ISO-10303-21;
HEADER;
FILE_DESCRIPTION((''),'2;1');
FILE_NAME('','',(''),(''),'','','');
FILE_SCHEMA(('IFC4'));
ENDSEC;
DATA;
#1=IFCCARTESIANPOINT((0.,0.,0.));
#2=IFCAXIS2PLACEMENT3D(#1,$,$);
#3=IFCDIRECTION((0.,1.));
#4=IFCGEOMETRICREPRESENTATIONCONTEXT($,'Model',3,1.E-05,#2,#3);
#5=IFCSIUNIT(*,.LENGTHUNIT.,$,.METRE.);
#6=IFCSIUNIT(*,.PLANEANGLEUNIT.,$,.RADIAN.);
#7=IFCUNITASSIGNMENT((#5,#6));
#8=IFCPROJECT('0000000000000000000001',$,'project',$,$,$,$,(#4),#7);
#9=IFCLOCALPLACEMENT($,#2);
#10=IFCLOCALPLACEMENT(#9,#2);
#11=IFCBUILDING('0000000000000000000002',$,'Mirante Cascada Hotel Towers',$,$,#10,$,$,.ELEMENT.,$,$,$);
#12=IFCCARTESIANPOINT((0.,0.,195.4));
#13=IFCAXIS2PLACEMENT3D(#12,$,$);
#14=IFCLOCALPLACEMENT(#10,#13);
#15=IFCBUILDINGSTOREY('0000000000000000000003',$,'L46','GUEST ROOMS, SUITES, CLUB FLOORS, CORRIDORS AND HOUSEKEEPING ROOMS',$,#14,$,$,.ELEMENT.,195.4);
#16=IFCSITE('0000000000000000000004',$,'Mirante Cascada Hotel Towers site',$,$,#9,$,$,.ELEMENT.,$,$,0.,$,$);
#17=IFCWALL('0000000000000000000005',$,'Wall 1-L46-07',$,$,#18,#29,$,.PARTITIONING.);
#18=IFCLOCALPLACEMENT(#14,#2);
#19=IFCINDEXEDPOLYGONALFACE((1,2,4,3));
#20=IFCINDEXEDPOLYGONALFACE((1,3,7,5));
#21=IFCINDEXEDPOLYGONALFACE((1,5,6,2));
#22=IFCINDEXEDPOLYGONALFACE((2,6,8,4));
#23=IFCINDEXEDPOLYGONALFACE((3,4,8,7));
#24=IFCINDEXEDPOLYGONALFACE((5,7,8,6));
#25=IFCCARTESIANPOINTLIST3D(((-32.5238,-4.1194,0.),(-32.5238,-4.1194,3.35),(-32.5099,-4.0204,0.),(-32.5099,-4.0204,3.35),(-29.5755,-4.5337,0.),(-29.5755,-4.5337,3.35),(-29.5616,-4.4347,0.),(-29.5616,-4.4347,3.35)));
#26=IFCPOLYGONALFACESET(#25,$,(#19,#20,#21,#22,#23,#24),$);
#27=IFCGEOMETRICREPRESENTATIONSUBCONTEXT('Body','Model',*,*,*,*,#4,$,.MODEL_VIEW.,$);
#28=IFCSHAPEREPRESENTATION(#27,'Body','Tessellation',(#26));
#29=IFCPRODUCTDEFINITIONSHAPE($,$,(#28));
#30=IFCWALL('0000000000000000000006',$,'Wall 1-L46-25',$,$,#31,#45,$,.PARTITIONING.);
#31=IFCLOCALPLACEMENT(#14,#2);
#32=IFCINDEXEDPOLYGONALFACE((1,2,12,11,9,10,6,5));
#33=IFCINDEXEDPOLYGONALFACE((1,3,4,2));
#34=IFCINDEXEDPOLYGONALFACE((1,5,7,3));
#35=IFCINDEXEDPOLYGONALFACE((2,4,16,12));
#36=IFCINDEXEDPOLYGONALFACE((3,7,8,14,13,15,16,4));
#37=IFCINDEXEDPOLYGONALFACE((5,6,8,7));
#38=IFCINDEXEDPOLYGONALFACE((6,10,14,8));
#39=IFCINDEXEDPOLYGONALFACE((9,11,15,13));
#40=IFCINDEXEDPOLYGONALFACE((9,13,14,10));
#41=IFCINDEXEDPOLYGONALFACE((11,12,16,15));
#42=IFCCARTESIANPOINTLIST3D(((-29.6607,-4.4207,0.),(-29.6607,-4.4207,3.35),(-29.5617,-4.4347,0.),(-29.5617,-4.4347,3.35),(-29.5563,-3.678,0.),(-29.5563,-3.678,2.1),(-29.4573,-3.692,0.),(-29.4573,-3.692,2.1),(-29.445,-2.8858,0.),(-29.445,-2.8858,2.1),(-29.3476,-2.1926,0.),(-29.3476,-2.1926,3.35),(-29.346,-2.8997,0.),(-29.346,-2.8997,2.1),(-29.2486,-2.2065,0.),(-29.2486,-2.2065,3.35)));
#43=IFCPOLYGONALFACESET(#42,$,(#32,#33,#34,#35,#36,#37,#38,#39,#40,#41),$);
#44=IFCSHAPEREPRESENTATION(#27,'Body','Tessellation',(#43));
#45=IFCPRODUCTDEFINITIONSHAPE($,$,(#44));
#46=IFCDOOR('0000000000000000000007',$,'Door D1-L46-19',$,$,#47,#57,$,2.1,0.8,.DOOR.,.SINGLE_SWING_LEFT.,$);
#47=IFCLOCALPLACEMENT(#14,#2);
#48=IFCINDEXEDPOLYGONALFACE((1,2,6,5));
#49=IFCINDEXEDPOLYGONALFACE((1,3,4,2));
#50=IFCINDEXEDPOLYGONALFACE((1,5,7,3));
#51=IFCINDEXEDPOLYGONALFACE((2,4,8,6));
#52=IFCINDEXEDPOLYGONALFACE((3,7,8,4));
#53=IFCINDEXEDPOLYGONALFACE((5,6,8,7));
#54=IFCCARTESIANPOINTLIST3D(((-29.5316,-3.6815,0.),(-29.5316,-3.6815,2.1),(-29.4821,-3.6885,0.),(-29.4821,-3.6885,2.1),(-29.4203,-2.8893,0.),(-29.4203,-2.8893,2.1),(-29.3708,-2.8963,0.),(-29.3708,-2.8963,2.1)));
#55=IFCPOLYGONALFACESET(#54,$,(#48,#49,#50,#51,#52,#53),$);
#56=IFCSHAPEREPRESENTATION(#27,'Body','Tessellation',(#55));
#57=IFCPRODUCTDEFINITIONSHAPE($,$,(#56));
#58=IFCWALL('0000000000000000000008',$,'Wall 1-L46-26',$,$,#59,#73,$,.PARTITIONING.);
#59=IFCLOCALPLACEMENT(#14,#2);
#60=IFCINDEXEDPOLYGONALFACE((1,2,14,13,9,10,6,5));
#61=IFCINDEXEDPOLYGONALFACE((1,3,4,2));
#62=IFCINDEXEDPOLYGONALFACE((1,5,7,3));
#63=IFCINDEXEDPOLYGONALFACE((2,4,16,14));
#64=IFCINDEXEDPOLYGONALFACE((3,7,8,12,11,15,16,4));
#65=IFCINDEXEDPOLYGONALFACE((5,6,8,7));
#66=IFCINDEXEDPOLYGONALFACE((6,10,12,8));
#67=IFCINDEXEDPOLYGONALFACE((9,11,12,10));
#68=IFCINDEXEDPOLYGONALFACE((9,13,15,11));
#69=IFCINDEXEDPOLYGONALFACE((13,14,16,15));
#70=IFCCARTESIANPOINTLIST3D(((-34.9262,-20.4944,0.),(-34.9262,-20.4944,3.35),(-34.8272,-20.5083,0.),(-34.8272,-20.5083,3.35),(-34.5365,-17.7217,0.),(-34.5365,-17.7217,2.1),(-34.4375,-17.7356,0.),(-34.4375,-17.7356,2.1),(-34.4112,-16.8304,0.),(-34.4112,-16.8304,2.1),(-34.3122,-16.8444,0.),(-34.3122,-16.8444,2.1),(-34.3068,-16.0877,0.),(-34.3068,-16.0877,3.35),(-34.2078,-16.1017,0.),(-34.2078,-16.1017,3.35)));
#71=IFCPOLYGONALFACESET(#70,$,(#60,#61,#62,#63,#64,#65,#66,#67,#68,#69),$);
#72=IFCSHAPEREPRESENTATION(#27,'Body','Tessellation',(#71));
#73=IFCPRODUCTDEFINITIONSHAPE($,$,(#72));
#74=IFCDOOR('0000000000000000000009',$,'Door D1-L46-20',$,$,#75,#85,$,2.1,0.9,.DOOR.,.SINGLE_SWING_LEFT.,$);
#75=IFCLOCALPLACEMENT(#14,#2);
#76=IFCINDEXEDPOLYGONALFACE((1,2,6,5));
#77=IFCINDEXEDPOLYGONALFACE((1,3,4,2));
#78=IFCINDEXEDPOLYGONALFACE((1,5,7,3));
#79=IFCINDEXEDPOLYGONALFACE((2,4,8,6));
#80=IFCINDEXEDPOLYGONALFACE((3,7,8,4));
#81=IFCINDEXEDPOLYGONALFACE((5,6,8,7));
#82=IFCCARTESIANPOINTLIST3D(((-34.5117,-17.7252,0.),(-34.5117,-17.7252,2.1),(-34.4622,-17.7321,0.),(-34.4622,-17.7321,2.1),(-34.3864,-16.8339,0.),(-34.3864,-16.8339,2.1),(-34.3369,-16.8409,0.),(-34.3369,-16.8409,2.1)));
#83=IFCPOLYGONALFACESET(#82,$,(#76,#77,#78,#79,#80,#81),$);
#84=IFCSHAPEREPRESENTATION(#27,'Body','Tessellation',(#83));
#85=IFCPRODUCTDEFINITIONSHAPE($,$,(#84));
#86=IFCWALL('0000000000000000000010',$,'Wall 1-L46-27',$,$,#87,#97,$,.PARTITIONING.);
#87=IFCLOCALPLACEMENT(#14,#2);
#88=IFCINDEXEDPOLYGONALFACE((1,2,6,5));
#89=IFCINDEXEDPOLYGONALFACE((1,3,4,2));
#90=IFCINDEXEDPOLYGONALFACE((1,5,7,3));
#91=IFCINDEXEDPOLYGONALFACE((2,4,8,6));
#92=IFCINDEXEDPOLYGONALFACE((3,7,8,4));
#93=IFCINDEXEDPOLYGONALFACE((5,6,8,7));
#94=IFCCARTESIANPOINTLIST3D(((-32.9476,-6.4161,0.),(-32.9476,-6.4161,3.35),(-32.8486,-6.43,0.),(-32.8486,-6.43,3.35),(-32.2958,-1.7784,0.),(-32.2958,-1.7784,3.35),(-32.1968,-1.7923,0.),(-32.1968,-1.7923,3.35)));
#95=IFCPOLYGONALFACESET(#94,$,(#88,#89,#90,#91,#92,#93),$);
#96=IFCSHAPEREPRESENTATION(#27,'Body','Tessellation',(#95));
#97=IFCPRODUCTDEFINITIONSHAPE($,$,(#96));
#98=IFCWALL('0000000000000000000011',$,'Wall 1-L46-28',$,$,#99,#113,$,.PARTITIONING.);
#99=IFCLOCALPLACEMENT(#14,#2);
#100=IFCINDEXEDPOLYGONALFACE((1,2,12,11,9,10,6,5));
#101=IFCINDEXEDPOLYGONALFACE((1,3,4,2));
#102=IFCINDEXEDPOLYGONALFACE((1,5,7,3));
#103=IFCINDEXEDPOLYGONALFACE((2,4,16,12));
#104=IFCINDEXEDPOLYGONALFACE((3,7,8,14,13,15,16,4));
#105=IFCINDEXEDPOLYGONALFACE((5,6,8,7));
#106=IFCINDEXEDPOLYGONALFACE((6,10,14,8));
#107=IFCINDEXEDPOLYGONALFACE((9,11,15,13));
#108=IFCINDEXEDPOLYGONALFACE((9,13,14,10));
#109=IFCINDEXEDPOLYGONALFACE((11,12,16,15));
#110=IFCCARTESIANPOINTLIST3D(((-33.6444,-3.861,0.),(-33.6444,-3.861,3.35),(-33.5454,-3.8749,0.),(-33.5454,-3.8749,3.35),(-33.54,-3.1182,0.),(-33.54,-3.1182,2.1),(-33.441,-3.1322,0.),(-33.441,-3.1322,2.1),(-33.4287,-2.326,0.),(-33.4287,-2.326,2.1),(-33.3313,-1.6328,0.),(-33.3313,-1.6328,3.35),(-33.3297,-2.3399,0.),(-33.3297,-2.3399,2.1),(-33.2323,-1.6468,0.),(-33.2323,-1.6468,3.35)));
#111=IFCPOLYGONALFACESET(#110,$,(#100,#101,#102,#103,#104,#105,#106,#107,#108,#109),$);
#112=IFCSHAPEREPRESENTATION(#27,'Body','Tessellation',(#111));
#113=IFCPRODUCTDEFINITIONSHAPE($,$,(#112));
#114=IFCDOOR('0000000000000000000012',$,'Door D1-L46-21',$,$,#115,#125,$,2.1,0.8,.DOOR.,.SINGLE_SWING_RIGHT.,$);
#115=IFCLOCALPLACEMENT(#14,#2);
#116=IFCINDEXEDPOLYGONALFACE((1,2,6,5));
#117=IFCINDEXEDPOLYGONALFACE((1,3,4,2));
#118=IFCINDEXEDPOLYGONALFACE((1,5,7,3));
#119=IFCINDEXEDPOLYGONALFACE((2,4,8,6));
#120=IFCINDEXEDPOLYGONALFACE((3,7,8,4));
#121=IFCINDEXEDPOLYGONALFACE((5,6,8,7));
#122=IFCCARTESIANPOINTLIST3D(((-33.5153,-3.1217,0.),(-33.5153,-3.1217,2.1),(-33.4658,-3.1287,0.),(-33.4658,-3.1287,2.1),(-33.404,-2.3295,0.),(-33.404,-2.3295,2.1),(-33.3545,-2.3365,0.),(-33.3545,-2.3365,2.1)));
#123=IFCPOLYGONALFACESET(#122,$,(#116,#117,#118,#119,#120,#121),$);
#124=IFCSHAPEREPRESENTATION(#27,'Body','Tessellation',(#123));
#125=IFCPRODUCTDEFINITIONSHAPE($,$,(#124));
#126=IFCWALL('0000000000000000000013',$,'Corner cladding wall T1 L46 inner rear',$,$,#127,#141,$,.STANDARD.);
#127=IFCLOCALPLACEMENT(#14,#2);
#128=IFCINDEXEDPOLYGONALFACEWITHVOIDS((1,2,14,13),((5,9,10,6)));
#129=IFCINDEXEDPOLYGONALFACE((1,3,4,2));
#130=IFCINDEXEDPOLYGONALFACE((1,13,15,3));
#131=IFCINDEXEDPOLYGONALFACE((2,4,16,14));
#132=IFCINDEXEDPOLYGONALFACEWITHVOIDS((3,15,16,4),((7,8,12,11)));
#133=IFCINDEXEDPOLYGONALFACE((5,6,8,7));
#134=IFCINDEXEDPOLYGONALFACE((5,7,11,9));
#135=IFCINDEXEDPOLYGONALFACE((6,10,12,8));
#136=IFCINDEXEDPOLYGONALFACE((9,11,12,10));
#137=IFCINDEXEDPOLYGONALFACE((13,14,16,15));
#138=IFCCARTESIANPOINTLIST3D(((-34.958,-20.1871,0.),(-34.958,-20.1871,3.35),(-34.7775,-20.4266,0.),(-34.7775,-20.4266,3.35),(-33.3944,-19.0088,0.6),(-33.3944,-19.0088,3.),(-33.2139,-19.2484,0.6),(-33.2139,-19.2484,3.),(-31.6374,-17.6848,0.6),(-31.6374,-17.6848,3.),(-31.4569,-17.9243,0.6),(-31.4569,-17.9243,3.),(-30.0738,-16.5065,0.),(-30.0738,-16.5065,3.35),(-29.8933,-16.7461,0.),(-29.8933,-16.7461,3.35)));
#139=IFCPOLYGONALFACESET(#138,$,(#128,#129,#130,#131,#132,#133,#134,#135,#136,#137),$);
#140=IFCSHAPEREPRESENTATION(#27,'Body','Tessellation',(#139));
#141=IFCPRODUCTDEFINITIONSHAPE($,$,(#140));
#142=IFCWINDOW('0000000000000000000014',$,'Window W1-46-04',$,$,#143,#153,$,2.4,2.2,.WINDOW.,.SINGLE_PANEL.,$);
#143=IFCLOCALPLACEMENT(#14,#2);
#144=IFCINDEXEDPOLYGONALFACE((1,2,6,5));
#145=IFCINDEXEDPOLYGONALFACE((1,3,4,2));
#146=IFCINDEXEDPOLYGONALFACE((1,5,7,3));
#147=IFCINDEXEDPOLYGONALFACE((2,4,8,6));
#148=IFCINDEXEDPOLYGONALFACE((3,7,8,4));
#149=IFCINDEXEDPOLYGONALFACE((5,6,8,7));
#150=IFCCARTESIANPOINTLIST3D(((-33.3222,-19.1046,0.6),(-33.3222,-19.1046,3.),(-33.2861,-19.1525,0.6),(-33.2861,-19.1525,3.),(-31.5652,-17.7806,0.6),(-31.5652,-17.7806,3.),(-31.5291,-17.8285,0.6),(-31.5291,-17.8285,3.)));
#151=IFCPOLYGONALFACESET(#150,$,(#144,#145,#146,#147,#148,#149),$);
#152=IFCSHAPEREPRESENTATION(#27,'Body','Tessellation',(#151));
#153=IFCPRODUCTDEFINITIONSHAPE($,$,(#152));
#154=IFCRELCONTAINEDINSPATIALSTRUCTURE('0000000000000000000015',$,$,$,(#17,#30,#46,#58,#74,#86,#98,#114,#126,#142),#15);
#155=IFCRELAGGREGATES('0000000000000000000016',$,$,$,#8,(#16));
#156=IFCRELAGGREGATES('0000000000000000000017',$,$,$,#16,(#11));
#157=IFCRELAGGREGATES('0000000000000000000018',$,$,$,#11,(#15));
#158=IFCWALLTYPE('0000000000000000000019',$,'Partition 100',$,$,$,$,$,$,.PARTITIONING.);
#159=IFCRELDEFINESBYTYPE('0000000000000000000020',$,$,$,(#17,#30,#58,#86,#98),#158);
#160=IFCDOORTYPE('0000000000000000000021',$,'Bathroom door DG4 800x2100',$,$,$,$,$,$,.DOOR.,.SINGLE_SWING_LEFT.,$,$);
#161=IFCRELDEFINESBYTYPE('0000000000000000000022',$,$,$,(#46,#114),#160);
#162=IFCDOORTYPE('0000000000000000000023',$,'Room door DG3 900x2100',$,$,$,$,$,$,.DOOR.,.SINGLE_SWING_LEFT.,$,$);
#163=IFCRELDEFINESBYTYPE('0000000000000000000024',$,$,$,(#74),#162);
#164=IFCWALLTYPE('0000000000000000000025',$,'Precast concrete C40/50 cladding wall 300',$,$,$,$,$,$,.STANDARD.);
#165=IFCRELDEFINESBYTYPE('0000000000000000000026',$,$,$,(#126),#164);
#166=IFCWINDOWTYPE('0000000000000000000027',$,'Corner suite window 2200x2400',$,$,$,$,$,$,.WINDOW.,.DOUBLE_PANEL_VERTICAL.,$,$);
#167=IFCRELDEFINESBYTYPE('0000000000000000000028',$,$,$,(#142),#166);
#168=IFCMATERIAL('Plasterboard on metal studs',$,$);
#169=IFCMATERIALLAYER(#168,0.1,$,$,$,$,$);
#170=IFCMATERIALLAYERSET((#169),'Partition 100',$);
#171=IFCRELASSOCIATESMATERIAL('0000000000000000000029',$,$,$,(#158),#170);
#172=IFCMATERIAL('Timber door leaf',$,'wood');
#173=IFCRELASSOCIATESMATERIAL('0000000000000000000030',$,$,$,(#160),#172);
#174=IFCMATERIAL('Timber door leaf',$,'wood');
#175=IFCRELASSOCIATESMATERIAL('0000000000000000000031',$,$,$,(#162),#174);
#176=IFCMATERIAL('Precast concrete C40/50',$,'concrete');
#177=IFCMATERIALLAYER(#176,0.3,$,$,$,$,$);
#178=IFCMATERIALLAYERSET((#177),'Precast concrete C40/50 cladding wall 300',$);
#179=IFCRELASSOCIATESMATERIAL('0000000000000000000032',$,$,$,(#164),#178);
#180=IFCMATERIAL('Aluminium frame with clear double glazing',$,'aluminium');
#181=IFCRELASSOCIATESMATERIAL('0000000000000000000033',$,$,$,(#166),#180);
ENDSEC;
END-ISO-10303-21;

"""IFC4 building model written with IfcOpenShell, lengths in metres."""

from ifc_helpers import new_model, si_unit, direction, frame, frame_2d, origin, place, context, subcontext, project, spatial, rectangle, extrude, material, layer, layer_set, type_object, element, fill, save


model = new_model("IFC4")

# Units and contexts
model_context = context("Model", 3, precision=1e-05, world=origin(), true_north=direction((0.0, 1.0)))
body_context = subcontext(model_context, "Body", "Model", "MODEL_VIEW")
ifc_project = project(units=[si_unit("LENGTHUNIT", "METRE"), si_unit("PLANEANGLEUNIT", "RADIAN")], contexts=[model_context])

# Site, building, storey
site_placement = place(None, origin())
site = spatial("IfcSite", under=ifc_project, at=site_placement, Name="Mirante Cascada Hotel Towers site", CompositionType="ELEMENT", RefElevation=0.0)
building_placement = place(site_placement, origin())
building = spatial("IfcBuilding", under=site, at=building_placement, Name="Mirante Cascada Hotel Towers", CompositionType="ELEMENT")
storey_placement = place(building_placement, frame((0.0, 0.0, 195.4)))
storey = spatial("IfcBuildingStorey", under=building, at=storey_placement, Name="L46", Description="GUEST ROOMS, SUITES, CLUB FLOORS, CORRIDORS AND HOUSEKEEPING ROOMS", CompositionType="ELEMENT", Elevation=195.4)

# Wall
ifc_material_1 = material(Name="Plasterboard on metal studs")
ifc_layer_1 = layer(ifc_material_1, 0.1)
ifc_layer_set_1 = layer_set([ifc_layer_1], Name="Partition 100")
wall_type_1 = type_object("IfcWallType", Name="Partition 100", PredefinedType="PARTITIONING", material=ifc_layer_set_1)
wall_1_placement = place(storey_placement, frame((-29.5686, -4.4842, 0.0), z_axis=(0.0, 0.0, 1.0), x_axis=(-0.990271, 0.139154, 0.0)))
element("IfcWall", 1, at=wall_1_placement, inside=storey, type_object=wall_type_1, Name="Wall 1-L46-07", PredefinedType="PARTITIONING", context=body_context, shape_type="SweptSolid", body=[
    extrude(rectangle(XDim=2.9773, YDim=0.1, at=frame_2d((1.4886, 0.0))), origin(), (0.0, 0.0, 1.0), 3.35),
])

# Walls, openings, doors
wall_2_placement = place(storey_placement, frame((-29.6112, -4.4277, 0.0), z_axis=(0.0, 0.0, 1.0), x_axis=(0.139156, 0.990271, 0.0)))
wall_2 = element("IfcWall", 2, at=wall_2_placement, inside=storey, type_object=wall_type_1, Name="Wall 1-L46-25", PredefinedType="PARTITIONING", context=body_context, shape_type="SweptSolid", body=[
    extrude(rectangle(XDim=2.25, YDim=0.1, at=frame_2d((1.125, 0.0))), origin(), (0.0, 0.0, 1.0), 3.35),
])
opening_1_placement = place(wall_2_placement, frame((0.75, 0.0, 0.0)))
opening_1 = element("IfcOpeningElement", 3, at=opening_1_placement, cuts=wall_2, PredefinedType="OPENING", context=body_context, shape_type="SweptSolid", body=[
    extrude(rectangle(XDim=0.8, YDim=2.1, at=frame_2d((0.4, 1.05))), frame((0.0, 0.05, 0.0), z_axis=(0.0, -1.0, 0.0), x_axis=(1.0, 0.0, 0.0)), (0.0, 0.0, 1.0), 0.1),
])
ifc_material_2 = material(Name="Timber door leaf", Category="wood")
door_type_1 = type_object("IfcDoorType", Name="Bathroom door DG4 800x2100", OperationType="SINGLE_SWING_LEFT", PredefinedType="DOOR", material=ifc_material_2)
door_1_placement = place(opening_1_placement, origin())
door_1 = element("IfcDoor", 4, at=door_1_placement, inside=storey, type_object=door_type_1, Name="Door D1-L46-19", OperationType="SINGLE_SWING_LEFT", OverallHeight=2.1, OverallWidth=0.8, PredefinedType="DOOR", context=body_context, shape_type="SweptSolid", body=[
    extrude(rectangle(XDim=0.8, YDim=2.1, at=frame_2d((0.4, 1.05))), frame((0.0, 0.025, 0.0), z_axis=(0.0, -1.0, 0.0), x_axis=(1.0, 0.0, 0.0)), (0.0, 0.0, 1.0), 0.05),
])
fill(opening_1, door_1)
wall_3_placement = place(storey_placement, frame((-34.2573, -16.0947, 0.0), z_axis=(0.0, 0.0, 1.0), x_axis=(-0.13919, -0.990266, 0.0)))
wall_3 = element("IfcWall", 5, at=wall_3_placement, inside=storey, type_object=wall_type_1, Name="Wall 1-L46-26", PredefinedType="PARTITIONING", context=body_context, shape_type="SweptSolid", body=[
    extrude(rectangle(XDim=4.45, YDim=0.1, at=frame_2d((2.225, 0.0))), origin(), (0.0, 0.0, 1.0), 3.35),
])
opening_2_placement = place(wall_3_placement, frame((0.75, 0.0, 0.0)))
opening_2 = element("IfcOpeningElement", 6, at=opening_2_placement, cuts=wall_3, PredefinedType="OPENING", context=body_context, shape_type="SweptSolid", body=[
    extrude(rectangle(XDim=0.9, YDim=2.1, at=frame_2d((0.45, 1.05))), frame((0.0, 0.05, 0.0), z_axis=(0.0, -1.0, 0.0), x_axis=(1.0, 0.0, 0.0)), (0.0, 0.0, 1.0), 0.1),
])
ifc_material_3 = material(Name="Timber door leaf", Category="wood")
door_type_2 = type_object("IfcDoorType", Name="Room door DG3 900x2100", OperationType="SINGLE_SWING_LEFT", PredefinedType="DOOR", material=ifc_material_3)
door_2_placement = place(opening_2_placement, origin())
door_2 = element("IfcDoor", 7, at=door_2_placement, inside=storey, type_object=door_type_2, Name="Door D1-L46-20", OperationType="SINGLE_SWING_LEFT", OverallHeight=2.1, OverallWidth=0.9, PredefinedType="DOOR", context=body_context, shape_type="SweptSolid", body=[
    extrude(rectangle(XDim=0.9, YDim=2.1, at=frame_2d((0.45, 1.05))), frame((0.0, 0.025, 0.0), z_axis=(0.0, -1.0, 0.0), x_axis=(1.0, 0.0, 0.0)), (0.0, 0.0, 1.0), 0.05),
])
fill(opening_2, door_2)

# Wall
wall_4_placement = place(storey_placement, frame((-32.8981, -6.423, 0.0), z_axis=(0.0, 0.0, 1.0), x_axis=(0.139176, 0.990268, 0.0)))
element("IfcWall", 8, at=wall_4_placement, inside=storey, type_object=wall_type_1, Name="Wall 1-L46-27", PredefinedType="PARTITIONING", context=body_context, shape_type="SweptSolid", body=[
    extrude(rectangle(XDim=4.6833, YDim=0.1, at=frame_2d((2.3416, 0.0))), origin(), (0.0, 0.0, 1.0), 3.35),
])

# Wall, opening, door
wall_5_placement = place(storey_placement, frame((-33.2818, -1.6398, 0.0), z_axis=(0.0, 0.0, 1.0), x_axis=(-0.139156, -0.990271, 0.0)))
wall_5 = element("IfcWall", 9, at=wall_5_placement, inside=storey, type_object=wall_type_1, Name="Wall 1-L46-28", PredefinedType="PARTITIONING", context=body_context, shape_type="SweptSolid", body=[
    extrude(rectangle(XDim=2.25, YDim=0.1, at=frame_2d((1.125, 0.0))), origin(), (0.0, 0.0, 1.0), 3.35),
])
opening_3_placement = place(wall_5_placement, frame((0.7, 0.0, 0.0)))
opening_3 = element("IfcOpeningElement", 10, at=opening_3_placement, cuts=wall_5, PredefinedType="OPENING", context=body_context, shape_type="SweptSolid", body=[
    extrude(rectangle(XDim=0.8, YDim=2.1, at=frame_2d((0.4, 1.05))), frame((0.0, 0.05, 0.0), z_axis=(0.0, -1.0, 0.0), x_axis=(1.0, 0.0, 0.0)), (0.0, 0.0, 1.0), 0.1),
])
door_3_placement = place(opening_3_placement, frame((0.8, 0.0, 0.0), z_axis=(0.0, 0.0, 1.0), x_axis=(-1.0, 0.0, 0.0)))
door_3 = element("IfcDoor", 11, at=door_3_placement, inside=storey, type_object=door_type_1, Name="Door D1-L46-21", OperationType="SINGLE_SWING_RIGHT", OverallHeight=2.1, OverallWidth=0.8, PredefinedType="DOOR", context=body_context, shape_type="SweptSolid", body=[
    extrude(rectangle(XDim=0.8, YDim=2.1, at=frame_2d((0.4, 1.05))), frame((0.0, 0.025, 0.0), z_axis=(0.0, -1.0, 0.0), x_axis=(1.0, 0.0, 0.0)), (0.0, 0.0, 1.0), 0.05),
])
fill(opening_3, door_3)

# Wall, opening, window
ifc_material_4 = material(Name="Precast concrete C40/50", Category="concrete")
ifc_layer_2 = layer(ifc_material_4, 0.3)
ifc_layer_set_2 = layer_set([ifc_layer_2], Name="Precast concrete C40/50 cladding wall 300")
wall_type_2 = type_object("IfcWallType", Name="Precast concrete C40/50 cladding wall 300", PredefinedType="STANDARD", material=ifc_layer_set_2)
wall_6_placement = place(storey_placement, frame((-29.9836, -16.6263, 0.0), z_axis=(0.0, 0.0, 1.0), x_axis=(-0.798628, -0.601824, 0.0)))
wall_6 = element("IfcWall", 12, at=wall_6_placement, inside=storey, type_object=wall_type_2, Name="Corner cladding wall T1 L46 inner rear", PredefinedType="STANDARD", context=body_context, shape_type="SweptSolid", body=[
    extrude(rectangle(XDim=6.1157, YDim=0.3, at=frame_2d((3.0578, 0.0))), origin(), (0.0, 0.0, 1.0), 3.35),
])
opening_4_placement = place(wall_6_placement, frame((1.9578, 0.0, 0.6)))
opening_4 = element("IfcOpeningElement", 13, at=opening_4_placement, cuts=wall_6, PredefinedType="OPENING", context=body_context, shape_type="SweptSolid", body=[
    extrude(rectangle(XDim=2.2, YDim=2.4, at=frame_2d((1.1, 1.2))), frame((0.0, 0.15, 0.0), z_axis=(0.0, -1.0, 0.0), x_axis=(1.0, 0.0, 0.0)), (0.0, 0.0, 1.0), 0.3),
])
ifc_material_5 = material(Name="Aluminium frame with clear double glazing", Category="aluminium")
window_type = type_object("IfcWindowType", Name="Corner suite window 2200x2400", PartitioningType="DOUBLE_PANEL_VERTICAL", PredefinedType="WINDOW", material=ifc_material_5)
window_placement = place(opening_4_placement, origin())
window = element("IfcWindow", 14, at=window_placement, inside=storey, type_object=window_type, Name="Window W1-46-04", OverallHeight=2.4, OverallWidth=2.2, PartitioningType="SINGLE_PANEL", PredefinedType="WINDOW", context=body_context, shape_type="SweptSolid", body=[
    extrude(rectangle(XDim=2.2, YDim=2.4, at=frame_2d((1.1, 1.2))), frame((0.0, 0.03, 0.0), z_axis=(0.0, -1.0, 0.0), x_axis=(1.0, 0.0, 0.0)), (0.0, 0.0, 1.0), 0.06),
])
fill(opening_4, window)

save(model, "model.ifc")
